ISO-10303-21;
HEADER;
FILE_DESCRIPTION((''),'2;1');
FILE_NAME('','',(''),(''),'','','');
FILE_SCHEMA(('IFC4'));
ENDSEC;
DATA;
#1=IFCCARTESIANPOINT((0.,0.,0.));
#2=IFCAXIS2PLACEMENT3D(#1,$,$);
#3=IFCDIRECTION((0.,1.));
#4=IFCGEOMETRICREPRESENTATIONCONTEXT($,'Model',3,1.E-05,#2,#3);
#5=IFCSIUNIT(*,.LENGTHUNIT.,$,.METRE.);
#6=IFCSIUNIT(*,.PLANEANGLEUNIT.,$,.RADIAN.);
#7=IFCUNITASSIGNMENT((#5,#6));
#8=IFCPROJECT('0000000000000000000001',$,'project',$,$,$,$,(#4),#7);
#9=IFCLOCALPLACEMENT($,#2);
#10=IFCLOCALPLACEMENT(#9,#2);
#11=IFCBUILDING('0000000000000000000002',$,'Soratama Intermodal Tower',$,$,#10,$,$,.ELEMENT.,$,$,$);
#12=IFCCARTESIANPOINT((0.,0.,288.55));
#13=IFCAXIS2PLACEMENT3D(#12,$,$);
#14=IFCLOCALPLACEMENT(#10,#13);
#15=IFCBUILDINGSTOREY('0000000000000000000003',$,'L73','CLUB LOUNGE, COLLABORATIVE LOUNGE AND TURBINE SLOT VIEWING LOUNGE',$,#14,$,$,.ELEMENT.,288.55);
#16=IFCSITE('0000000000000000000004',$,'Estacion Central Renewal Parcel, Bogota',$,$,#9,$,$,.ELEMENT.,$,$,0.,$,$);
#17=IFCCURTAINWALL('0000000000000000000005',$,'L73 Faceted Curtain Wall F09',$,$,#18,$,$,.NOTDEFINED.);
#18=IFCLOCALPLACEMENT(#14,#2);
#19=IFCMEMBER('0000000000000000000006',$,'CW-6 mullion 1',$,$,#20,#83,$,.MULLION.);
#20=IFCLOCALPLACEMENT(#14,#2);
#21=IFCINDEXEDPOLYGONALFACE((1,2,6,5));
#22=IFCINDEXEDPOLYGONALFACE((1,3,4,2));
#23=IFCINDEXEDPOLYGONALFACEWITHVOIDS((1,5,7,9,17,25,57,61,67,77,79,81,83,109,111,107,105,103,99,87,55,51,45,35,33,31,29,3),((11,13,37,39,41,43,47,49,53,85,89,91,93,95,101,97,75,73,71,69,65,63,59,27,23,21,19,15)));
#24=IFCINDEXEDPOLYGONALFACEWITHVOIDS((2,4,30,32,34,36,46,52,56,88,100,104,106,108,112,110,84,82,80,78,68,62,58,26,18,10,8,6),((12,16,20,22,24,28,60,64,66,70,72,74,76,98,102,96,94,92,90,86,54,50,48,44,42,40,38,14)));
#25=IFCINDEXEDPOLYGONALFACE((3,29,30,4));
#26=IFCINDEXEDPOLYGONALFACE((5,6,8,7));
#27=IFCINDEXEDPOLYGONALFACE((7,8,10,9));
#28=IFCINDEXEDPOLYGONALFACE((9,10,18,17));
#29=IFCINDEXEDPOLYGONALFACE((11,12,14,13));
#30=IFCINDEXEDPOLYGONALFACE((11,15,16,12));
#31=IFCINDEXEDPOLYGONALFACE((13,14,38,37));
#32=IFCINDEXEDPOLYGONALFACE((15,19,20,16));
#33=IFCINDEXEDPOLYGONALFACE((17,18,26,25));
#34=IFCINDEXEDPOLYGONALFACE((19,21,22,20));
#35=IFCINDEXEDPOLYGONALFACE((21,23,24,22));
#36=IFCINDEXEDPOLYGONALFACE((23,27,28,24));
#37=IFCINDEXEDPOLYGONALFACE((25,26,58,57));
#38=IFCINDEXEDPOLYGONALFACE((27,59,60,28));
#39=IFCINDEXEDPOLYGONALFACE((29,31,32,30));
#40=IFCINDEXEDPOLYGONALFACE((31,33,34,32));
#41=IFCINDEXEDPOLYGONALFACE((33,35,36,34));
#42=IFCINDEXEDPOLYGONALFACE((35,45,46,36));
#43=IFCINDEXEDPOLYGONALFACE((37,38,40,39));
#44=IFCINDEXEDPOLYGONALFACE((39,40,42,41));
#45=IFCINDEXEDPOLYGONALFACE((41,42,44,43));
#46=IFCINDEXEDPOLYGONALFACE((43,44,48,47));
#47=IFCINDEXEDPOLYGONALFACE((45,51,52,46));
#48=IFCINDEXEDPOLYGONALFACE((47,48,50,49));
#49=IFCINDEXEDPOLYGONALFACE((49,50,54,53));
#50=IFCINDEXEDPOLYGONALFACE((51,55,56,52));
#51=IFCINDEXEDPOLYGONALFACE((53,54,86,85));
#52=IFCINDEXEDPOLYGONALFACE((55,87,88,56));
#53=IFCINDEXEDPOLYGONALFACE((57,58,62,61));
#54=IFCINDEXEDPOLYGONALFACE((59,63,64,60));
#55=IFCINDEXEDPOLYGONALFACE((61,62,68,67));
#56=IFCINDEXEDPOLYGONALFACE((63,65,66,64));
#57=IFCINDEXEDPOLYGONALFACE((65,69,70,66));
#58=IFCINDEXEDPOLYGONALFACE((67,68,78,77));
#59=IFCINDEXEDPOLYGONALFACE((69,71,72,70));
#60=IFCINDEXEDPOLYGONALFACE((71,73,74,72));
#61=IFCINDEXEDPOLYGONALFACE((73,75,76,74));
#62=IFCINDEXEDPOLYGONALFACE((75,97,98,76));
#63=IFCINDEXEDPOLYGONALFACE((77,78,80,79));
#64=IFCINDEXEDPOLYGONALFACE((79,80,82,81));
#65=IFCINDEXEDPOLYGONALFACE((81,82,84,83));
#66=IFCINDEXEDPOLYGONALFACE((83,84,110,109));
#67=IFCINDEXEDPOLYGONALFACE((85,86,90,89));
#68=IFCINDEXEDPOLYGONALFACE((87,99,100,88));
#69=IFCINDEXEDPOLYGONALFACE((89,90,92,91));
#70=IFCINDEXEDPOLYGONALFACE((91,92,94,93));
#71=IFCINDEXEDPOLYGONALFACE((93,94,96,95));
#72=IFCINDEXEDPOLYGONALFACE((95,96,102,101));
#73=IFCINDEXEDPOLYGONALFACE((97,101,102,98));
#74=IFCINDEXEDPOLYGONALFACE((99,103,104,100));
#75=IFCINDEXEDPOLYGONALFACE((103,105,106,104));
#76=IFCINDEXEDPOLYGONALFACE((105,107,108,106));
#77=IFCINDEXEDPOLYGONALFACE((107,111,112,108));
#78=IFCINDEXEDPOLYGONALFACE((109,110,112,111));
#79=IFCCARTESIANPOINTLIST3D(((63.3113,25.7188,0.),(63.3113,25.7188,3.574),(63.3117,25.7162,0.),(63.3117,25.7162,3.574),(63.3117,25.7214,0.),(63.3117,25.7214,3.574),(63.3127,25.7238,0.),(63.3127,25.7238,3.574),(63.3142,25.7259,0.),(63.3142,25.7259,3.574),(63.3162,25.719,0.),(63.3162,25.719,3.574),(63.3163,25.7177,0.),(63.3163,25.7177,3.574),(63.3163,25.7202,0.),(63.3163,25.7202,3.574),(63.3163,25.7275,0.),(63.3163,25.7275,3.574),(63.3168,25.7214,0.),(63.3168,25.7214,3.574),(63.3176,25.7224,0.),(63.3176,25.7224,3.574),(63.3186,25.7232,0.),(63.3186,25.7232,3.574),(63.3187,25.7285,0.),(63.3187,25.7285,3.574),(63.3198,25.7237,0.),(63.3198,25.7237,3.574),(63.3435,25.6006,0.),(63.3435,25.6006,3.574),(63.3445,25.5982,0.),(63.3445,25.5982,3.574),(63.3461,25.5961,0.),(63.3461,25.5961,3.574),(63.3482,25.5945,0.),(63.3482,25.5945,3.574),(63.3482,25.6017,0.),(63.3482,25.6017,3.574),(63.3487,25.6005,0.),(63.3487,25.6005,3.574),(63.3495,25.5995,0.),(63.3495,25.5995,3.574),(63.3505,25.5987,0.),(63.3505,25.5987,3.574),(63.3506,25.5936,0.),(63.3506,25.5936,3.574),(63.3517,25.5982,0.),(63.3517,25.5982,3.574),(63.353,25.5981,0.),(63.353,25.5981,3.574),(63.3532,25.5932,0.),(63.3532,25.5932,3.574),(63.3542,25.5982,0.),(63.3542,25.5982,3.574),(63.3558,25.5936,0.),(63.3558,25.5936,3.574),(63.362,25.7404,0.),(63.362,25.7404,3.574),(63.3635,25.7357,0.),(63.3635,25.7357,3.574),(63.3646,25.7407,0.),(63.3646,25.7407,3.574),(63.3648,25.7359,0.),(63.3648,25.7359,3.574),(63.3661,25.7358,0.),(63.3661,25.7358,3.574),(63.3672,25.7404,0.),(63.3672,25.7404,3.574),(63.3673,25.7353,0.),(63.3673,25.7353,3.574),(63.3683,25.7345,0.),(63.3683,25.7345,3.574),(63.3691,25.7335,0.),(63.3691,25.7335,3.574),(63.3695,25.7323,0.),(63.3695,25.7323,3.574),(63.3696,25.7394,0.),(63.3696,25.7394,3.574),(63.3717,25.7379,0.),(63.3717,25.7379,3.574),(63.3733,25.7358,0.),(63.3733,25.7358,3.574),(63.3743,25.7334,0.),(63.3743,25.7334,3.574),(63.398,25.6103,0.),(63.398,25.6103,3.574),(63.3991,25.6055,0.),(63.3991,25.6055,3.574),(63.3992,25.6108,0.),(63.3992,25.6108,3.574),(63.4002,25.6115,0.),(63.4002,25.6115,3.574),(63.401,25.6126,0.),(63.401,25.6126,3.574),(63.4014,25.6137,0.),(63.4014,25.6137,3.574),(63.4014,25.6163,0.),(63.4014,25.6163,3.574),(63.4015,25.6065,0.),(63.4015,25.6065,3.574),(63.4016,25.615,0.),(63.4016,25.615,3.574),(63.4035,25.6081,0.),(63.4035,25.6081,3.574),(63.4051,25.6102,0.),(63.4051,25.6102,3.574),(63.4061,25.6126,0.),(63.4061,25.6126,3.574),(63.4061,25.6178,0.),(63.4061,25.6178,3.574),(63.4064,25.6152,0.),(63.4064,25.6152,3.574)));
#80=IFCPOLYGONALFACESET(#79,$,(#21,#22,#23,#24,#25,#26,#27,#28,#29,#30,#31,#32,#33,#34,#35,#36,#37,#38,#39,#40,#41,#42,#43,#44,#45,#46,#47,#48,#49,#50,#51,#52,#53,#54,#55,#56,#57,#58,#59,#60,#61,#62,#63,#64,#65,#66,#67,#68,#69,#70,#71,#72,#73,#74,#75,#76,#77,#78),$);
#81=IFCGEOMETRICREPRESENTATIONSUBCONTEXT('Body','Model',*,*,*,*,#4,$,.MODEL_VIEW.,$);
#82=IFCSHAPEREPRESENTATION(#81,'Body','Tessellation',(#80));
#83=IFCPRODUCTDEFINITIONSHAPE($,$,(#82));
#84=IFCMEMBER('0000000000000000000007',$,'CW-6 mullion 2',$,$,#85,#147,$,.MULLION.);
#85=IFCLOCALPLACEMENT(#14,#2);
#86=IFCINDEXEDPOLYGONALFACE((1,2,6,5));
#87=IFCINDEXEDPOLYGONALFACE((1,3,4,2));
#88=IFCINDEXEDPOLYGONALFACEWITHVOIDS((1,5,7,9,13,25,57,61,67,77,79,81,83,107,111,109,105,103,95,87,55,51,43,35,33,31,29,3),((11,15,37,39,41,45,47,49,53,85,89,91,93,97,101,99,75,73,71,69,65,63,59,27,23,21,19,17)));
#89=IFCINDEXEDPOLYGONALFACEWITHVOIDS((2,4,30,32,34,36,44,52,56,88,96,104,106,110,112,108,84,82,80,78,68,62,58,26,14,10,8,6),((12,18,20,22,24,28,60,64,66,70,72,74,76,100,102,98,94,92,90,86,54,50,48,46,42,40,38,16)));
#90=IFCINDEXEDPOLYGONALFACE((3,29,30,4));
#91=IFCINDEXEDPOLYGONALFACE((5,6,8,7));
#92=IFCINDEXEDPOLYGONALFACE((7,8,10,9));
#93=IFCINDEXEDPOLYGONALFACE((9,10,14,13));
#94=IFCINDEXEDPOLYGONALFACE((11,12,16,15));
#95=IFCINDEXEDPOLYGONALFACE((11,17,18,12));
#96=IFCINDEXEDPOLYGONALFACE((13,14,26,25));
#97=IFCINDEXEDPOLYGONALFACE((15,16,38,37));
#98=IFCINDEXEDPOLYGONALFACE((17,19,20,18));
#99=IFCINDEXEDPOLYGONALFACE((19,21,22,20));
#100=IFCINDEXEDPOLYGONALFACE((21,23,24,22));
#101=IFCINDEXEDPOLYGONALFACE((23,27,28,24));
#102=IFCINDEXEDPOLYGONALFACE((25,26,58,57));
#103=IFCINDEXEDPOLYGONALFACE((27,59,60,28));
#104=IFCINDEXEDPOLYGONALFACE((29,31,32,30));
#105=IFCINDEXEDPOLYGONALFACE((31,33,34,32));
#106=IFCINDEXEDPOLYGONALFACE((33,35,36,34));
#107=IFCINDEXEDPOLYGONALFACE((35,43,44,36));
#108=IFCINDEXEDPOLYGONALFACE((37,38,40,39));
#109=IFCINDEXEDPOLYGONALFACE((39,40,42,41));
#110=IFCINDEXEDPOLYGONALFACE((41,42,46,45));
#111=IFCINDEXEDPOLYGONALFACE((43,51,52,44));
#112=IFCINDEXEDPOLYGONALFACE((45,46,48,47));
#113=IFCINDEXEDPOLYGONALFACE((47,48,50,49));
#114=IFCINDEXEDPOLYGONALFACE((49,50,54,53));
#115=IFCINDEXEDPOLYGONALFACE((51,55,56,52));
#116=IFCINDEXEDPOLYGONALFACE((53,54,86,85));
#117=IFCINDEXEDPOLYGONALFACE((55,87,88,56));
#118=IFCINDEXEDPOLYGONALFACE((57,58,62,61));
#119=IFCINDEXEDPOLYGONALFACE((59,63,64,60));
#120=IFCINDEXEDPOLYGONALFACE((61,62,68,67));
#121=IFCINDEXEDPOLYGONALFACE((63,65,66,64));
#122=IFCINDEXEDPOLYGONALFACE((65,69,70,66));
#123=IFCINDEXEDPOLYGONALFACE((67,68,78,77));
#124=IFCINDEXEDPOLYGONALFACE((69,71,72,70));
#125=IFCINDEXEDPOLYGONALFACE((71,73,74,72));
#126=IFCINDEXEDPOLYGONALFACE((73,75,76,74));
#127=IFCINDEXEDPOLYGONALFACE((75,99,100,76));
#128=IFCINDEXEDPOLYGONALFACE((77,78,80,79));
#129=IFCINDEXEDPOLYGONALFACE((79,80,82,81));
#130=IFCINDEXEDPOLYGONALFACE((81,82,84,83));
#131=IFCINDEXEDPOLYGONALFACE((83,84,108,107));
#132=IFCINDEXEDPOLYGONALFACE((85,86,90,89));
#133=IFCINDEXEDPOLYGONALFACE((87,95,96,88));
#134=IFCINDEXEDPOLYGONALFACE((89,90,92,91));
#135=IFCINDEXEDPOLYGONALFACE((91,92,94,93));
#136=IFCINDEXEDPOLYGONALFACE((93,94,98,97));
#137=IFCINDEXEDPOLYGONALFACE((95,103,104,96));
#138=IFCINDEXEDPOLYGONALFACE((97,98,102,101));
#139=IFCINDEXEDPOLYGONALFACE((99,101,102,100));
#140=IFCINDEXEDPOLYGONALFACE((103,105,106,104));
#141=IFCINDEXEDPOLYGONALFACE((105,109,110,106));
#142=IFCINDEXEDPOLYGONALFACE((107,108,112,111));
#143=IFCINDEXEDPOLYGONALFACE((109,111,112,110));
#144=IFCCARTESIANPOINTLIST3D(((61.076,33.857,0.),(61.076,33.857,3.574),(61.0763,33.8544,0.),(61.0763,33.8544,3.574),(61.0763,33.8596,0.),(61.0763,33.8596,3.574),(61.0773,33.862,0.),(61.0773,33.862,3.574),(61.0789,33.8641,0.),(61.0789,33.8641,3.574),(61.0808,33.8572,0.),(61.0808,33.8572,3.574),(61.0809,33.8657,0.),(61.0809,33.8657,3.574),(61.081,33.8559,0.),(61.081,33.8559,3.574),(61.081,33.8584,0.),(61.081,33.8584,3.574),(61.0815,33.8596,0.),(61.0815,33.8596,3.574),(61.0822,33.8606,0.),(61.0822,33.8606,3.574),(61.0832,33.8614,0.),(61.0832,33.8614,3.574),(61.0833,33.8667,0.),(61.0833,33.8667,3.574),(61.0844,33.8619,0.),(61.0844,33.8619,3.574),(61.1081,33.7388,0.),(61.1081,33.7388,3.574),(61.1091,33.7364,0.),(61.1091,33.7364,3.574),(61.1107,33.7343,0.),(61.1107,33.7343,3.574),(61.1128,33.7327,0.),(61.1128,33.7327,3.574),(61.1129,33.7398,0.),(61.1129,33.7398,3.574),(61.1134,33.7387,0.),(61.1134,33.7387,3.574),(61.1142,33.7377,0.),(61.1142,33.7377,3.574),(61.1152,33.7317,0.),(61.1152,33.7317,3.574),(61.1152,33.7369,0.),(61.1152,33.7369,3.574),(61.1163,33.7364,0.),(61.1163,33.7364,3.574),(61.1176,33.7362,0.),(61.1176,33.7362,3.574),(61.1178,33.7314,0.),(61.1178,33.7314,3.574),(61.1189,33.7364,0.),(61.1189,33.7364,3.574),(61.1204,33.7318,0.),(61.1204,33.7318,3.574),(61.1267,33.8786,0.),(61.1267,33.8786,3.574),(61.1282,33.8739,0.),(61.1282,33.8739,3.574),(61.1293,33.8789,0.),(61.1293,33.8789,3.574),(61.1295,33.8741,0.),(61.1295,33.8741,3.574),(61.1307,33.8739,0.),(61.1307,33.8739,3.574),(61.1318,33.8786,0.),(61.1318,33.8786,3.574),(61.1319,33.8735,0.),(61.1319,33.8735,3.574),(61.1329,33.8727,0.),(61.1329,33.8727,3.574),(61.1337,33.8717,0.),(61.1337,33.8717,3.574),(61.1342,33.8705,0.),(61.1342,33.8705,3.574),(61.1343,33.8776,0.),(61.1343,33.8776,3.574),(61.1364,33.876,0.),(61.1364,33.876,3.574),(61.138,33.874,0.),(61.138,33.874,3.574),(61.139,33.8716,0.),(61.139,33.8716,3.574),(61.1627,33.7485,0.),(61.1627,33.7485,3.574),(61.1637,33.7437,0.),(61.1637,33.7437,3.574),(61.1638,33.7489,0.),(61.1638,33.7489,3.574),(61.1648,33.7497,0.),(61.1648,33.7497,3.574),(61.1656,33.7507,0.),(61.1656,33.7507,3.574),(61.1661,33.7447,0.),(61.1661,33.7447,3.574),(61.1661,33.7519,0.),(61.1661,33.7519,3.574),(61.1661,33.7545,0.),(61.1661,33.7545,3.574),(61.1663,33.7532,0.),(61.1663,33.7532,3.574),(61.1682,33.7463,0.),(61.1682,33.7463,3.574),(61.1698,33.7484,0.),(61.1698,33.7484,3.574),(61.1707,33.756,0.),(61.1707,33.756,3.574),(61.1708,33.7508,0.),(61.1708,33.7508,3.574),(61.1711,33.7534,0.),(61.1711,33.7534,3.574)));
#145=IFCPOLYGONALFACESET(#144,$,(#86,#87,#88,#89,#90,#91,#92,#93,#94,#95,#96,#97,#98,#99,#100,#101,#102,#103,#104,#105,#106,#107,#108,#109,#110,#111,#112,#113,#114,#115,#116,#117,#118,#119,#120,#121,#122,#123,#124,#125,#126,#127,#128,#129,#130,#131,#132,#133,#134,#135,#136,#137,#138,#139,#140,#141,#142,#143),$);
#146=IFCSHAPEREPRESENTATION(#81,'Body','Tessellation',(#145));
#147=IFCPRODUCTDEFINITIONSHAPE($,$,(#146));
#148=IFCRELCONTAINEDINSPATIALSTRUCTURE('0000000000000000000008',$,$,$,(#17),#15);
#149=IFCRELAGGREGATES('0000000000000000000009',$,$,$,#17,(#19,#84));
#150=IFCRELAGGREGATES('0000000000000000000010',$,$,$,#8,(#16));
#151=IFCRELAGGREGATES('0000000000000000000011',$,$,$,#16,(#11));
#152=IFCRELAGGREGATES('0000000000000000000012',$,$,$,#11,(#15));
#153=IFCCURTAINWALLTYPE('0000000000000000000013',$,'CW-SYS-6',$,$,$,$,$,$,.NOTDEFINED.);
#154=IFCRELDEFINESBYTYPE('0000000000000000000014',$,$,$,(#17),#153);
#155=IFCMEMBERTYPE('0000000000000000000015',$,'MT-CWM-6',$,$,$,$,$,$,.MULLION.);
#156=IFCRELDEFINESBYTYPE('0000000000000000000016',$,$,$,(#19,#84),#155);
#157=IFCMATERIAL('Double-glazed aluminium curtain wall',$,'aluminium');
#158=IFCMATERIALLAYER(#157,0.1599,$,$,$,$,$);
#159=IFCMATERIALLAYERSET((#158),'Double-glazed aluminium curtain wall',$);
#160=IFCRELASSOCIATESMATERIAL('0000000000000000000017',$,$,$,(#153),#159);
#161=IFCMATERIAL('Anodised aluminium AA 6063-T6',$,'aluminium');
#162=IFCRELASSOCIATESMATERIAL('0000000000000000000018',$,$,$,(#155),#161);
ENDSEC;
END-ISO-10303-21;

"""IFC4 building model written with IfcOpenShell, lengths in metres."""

from ifc_helpers import new_model, si_unit, direction, frame, origin, origin_2d, place, context, subcontext, project, spatial, hollow_rectangle, extrude, material, layer, layer_set, material_profile, profile_set, type_object, element, aggregate, save


model = new_model("IFC4")

# Units and contexts
model_context = context("Model", 3, precision=1e-05, world=origin(), true_north=direction((0.0, 1.0)))
body_context = subcontext(model_context, "Body", "Model", "MODEL_VIEW")
ifc_project = project(units=[si_unit("LENGTHUNIT", "METRE"), si_unit("PLANEANGLEUNIT", "RADIAN")], contexts=[model_context])

# Site, building, storey
site_placement = place(None, origin())
site = spatial("IfcSite", under=ifc_project, at=site_placement, Name="Estacion Central Renewal Parcel, Bogota", CompositionType="ELEMENT", RefElevation=0.0)
building_placement = place(site_placement, origin())
building = spatial("IfcBuilding", under=site, at=building_placement, Name="Soratama Intermodal Tower", CompositionType="ELEMENT")
storey_placement = place(building_placement, frame((0.0, 0.0, 288.55)))
storey = spatial("IfcBuildingStorey", under=building, at=storey_placement, Name="L73", Description="CLUB LOUNGE, COLLABORATIVE LOUNGE AND TURBINE SLOT VIEWING LOUNGE", CompositionType="ELEMENT", Elevation=288.55)

# Curtain wall, members
ifc_material_1 = material(Name="Double-glazed aluminium curtain wall", Category="aluminium")
ifc_layer_1 = layer(ifc_material_1, 0.1599)
ifc_layer_set_1 = layer_set([ifc_layer_1], Name="Double-glazed aluminium curtain wall")
curtain_wall_type = type_object("IfcCurtainWallType", Name="CW-SYS-6", PredefinedType="NOTDEFINED", material=ifc_layer_set_1)
curtain_wall_placement = place(storey_placement, origin())
curtain_wall = element("IfcCurtainWall", 1, at=curtain_wall_placement, inside=storey, type_object=curtain_wall_type, Name="L73 Faceted Curtain Wall F09", PredefinedType="NOTDEFINED")
ifc_material_2 = material(Name="Anodised aluminium AA 6063-T6", Category="aluminium")
ifc_material_profile_1 = material_profile(ifc_material_2, hollow_rectangle(XDim=0.0649, YDim=0.1399, WallThickness=0.0049, InnerFilletRadius=0.0049, OuterFilletRadius=0.01, at=origin_2d()), Name="CWM140X65X5")
ifc_profile_set_1 = profile_set([ifc_material_profile_1], Name="Anodised aluminium AA 6063-T6")
member_type_1 = type_object("IfcMemberType", Name="MT-CWM-6", PredefinedType="MULLION", material=ifc_profile_set_1)
member_1_placement = place(storey_placement, frame((63.3589, 25.667, 0.0), z_axis=(0.0, 0.0, 1.0), x_axis=(-0.964282, -0.264877, 0.0)))
member_1 = element("IfcMember", 2, at=member_1_placement, type_object=member_type_1, Name="CW-6 mullion 1", PredefinedType="MULLION", context=body_context, shape_type="SweptSolid", body=[
    extrude(hollow_rectangle(XDim=0.0649, YDim=0.1399, WallThickness=0.0049, InnerFilletRadius=0.0049, OuterFilletRadius=0.01, at=origin_2d()), origin(), (0.0, 0.0, 1.0), 3.574),
])
member_2_placement = place(storey_placement, frame((61.1235, 33.8052, 0.0), z_axis=(0.0, 0.0, 1.0), x_axis=(-0.964282, -0.264877, 0.0)))
member_2 = element("IfcMember", 3, at=member_2_placement, type_object=member_type_1, Name="CW-6 mullion 2", PredefinedType="MULLION", context=body_context, shape_type="SweptSolid", body=[
    extrude(hollow_rectangle(XDim=0.0649, YDim=0.1399, WallThickness=0.0049, InnerFilletRadius=0.0049, OuterFilletRadius=0.01, at=origin_2d()), origin(), (0.0, 0.0, 1.0), 3.574),
])

aggregate(curtain_wall, [member_1, member_2])

save(model, "model.ifc")
